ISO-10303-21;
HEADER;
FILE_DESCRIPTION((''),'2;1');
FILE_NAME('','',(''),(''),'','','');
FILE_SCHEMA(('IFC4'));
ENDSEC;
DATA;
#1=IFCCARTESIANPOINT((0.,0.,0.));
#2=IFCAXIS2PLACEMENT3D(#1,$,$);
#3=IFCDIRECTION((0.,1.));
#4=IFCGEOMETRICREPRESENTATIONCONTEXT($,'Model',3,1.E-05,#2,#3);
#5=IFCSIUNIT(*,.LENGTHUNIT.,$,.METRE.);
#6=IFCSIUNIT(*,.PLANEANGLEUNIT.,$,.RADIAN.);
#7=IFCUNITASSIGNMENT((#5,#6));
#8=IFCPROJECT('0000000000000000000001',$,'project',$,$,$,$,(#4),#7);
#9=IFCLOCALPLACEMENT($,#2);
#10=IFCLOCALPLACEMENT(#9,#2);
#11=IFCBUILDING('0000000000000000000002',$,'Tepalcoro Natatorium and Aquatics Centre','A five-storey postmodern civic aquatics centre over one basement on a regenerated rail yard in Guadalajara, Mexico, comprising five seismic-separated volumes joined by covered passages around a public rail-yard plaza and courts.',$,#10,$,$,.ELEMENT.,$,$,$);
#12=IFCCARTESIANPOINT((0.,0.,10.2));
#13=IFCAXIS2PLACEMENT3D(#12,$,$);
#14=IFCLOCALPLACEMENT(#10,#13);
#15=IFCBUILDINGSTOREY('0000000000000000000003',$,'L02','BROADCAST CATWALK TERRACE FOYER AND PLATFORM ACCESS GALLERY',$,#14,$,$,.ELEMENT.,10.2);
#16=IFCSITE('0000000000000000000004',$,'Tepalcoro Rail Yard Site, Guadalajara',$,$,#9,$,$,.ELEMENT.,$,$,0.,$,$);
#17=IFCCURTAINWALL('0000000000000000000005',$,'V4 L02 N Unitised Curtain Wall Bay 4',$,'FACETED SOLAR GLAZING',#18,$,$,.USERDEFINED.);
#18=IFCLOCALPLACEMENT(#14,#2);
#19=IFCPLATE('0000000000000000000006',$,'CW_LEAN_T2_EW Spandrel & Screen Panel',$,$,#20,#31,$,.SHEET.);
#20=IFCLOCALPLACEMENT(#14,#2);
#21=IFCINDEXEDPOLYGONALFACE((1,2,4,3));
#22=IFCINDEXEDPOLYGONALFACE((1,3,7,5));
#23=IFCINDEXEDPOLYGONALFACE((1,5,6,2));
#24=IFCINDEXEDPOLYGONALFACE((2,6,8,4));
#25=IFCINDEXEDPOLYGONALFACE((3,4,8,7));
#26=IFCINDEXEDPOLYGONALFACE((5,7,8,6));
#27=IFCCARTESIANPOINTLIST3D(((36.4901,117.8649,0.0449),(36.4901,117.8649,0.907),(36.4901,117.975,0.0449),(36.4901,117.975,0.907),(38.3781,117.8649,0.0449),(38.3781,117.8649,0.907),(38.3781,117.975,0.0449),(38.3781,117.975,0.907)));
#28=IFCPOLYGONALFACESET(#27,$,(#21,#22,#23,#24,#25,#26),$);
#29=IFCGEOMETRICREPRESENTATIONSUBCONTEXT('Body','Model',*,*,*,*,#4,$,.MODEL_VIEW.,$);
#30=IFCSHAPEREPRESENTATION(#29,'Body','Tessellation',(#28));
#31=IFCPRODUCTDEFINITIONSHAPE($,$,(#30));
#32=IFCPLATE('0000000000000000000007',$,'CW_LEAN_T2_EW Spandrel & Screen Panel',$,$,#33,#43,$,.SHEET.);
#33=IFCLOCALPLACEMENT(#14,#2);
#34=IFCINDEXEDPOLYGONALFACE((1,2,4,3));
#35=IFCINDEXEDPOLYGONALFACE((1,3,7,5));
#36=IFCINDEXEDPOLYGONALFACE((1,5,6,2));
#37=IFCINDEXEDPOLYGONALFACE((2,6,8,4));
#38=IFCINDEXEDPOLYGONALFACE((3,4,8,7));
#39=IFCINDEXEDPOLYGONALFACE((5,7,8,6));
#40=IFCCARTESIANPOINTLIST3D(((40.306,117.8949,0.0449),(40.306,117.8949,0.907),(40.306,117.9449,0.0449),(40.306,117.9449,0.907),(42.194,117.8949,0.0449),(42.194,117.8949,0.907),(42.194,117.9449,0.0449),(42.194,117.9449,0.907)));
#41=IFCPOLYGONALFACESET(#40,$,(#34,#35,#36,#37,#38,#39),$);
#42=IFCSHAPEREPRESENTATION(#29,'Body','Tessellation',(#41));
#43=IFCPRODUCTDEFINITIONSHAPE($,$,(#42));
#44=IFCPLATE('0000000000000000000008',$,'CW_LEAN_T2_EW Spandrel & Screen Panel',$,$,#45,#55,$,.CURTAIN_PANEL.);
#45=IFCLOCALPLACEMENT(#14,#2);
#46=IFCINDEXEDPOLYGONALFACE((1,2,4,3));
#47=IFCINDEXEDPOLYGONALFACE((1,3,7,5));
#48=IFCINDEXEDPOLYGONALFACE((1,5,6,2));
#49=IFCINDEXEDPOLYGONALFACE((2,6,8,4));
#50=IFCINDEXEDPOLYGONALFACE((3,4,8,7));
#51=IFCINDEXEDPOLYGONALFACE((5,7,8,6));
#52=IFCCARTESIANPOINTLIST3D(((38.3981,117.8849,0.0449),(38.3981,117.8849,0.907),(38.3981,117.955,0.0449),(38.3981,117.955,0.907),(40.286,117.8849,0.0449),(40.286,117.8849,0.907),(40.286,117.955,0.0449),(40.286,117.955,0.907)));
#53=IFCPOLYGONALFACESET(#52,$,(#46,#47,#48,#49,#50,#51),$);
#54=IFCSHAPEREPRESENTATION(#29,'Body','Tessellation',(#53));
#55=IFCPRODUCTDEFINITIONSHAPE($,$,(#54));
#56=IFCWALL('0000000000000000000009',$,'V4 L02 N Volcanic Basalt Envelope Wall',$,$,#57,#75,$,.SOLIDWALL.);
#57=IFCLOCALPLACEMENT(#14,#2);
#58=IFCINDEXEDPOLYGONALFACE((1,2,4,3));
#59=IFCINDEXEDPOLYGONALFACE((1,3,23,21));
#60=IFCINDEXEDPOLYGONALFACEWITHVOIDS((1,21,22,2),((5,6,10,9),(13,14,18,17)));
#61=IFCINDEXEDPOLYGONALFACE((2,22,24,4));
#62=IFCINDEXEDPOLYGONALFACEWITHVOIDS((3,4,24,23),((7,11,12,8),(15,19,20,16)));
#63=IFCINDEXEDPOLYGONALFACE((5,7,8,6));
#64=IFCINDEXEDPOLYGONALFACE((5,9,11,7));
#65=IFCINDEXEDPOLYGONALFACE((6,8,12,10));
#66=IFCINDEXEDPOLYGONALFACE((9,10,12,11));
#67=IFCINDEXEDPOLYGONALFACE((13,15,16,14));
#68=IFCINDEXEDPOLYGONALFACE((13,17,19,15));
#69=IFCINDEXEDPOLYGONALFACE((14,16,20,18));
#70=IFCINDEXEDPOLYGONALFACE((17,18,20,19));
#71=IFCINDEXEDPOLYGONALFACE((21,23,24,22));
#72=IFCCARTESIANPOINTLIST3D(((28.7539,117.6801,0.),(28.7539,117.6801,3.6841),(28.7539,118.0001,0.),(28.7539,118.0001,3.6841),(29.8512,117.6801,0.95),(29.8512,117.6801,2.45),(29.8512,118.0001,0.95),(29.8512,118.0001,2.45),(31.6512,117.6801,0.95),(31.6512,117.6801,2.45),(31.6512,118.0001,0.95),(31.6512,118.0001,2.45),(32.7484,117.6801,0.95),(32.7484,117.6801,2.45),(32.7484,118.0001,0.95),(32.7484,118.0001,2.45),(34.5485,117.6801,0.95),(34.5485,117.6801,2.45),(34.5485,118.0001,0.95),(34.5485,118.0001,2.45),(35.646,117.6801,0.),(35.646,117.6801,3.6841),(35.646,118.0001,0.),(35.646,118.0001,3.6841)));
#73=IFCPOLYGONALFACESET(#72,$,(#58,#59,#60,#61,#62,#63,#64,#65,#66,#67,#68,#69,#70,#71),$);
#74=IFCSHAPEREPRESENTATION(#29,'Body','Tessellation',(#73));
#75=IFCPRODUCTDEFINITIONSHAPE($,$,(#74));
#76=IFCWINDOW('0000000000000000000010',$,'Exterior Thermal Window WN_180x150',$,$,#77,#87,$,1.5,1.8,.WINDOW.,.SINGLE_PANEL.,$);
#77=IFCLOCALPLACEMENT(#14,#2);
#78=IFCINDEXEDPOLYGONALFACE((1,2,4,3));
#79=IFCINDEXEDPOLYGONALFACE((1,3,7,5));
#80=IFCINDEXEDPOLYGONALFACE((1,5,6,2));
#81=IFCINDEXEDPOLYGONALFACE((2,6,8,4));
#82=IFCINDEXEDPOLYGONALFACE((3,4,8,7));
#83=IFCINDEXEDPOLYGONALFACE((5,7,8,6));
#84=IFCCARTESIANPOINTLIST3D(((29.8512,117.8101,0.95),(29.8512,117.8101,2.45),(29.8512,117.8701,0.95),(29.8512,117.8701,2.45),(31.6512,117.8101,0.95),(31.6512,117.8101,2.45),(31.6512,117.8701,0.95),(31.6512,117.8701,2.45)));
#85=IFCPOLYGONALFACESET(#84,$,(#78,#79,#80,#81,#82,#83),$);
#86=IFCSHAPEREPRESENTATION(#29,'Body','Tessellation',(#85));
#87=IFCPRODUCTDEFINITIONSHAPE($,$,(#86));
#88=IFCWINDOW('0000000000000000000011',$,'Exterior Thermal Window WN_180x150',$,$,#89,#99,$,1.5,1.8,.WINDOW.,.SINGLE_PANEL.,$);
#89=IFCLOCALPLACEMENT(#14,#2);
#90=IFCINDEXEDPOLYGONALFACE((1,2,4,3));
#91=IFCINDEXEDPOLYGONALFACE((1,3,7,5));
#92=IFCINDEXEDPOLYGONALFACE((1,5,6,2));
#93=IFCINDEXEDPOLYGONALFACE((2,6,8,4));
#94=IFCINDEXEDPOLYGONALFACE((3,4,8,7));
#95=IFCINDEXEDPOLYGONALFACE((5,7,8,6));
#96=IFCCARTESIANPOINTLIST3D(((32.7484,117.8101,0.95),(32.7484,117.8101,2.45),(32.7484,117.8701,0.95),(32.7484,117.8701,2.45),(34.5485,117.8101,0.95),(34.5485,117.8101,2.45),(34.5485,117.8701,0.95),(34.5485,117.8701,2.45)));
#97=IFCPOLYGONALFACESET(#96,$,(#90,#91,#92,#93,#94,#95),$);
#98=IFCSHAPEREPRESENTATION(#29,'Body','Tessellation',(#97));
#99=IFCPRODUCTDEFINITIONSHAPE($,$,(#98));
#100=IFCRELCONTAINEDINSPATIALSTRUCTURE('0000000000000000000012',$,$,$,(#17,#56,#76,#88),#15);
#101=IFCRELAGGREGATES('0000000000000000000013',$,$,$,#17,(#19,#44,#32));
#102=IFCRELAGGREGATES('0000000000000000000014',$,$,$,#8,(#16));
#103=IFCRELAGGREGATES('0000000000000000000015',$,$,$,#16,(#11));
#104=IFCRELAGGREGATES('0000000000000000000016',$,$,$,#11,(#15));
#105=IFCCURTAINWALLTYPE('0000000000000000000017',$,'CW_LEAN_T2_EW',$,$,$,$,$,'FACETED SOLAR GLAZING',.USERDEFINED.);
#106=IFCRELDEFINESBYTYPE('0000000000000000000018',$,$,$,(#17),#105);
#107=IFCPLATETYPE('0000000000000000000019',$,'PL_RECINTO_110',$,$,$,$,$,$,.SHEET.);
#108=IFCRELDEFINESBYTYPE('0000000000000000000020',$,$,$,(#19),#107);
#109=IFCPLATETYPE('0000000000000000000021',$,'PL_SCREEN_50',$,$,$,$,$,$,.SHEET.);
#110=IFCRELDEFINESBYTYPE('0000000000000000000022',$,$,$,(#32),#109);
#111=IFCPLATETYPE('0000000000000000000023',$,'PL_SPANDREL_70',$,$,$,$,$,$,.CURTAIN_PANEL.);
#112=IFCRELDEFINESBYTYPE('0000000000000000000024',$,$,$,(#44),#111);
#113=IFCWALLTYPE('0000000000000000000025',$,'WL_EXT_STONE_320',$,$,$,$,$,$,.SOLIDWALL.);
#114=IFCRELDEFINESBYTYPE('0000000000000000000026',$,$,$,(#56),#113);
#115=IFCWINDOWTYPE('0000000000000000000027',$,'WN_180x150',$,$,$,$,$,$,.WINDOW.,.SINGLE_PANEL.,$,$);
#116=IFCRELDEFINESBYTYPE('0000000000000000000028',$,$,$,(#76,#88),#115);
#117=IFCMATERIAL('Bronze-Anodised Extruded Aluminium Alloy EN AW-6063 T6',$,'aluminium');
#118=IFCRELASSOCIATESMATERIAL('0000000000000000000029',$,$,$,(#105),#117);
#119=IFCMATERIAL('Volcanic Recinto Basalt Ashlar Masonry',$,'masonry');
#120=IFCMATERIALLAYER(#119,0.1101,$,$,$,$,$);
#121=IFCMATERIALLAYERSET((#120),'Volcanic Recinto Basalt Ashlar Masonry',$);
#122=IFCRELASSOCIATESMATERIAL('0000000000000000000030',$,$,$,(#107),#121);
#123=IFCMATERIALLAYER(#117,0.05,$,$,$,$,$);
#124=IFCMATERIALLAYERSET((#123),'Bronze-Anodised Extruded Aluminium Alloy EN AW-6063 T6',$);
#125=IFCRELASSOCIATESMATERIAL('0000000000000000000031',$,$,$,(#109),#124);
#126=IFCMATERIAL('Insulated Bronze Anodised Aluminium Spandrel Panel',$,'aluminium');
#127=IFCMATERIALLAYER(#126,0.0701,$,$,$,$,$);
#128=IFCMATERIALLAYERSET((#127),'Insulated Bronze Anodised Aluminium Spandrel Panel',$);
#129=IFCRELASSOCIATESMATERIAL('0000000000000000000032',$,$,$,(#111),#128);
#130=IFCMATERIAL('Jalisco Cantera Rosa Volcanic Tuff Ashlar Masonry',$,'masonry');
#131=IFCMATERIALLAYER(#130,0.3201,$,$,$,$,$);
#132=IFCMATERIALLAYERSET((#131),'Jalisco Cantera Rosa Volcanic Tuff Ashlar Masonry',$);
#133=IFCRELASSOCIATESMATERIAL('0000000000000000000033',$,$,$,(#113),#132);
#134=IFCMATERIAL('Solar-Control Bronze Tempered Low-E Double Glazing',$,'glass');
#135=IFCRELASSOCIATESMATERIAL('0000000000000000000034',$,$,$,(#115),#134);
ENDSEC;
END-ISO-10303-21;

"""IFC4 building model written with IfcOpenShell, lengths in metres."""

from ifc_helpers import new_model, si_unit, direction, frame, frame_2d, origin, origin_2d, place, context, subcontext, project, spatial, rectangle, extrude, material, layer, layer_set, type_object, element, fill, aggregate, save


model = new_model("IFC4")

# Units and contexts
model_context = context("Model", 3, precision=1e-05, world=origin(), true_north=direction((0.0, 1.0)))
body_context = subcontext(model_context, "Body", "Model", "MODEL_VIEW")
ifc_project = project(units=[si_unit("LENGTHUNIT", "METRE"), si_unit("PLANEANGLEUNIT", "RADIAN")], contexts=[model_context])

# Site, building, storey
site_placement = place(None, origin())
site = spatial("IfcSite", under=ifc_project, at=site_placement, Name="Tepalcoro Rail Yard Site, Guadalajara", CompositionType="ELEMENT", RefElevation=0.0)
building_placement = place(site_placement, origin())
building = spatial("IfcBuilding", under=site, at=building_placement, Name="Tepalcoro Natatorium and Aquatics Centre", Description="A five-storey postmodern civic aquatics centre over one basement on a regenerated rail yard in Guadalajara, Mexico, comprising five seismic-separated volumes joined by covered passages around a public rail-yard plaza and courts.", CompositionType="ELEMENT")
storey_placement = place(building_placement, frame((0.0, 0.0, 10.2)))
storey = spatial("IfcBuildingStorey", under=building, at=storey_placement, Name="L02", Description="BROADCAST CATWALK TERRACE FOYER AND PLATFORM ACCESS GALLERY", CompositionType="ELEMENT", Elevation=10.2)

# Curtain wall
ifc_material_1 = material(Name="Bronze-Anodised Extruded Aluminium Alloy EN AW-6063 T6", Category="aluminium")
curtain_wall_type = type_object("IfcCurtainWallType", Name="CW_LEAN_T2_EW", ElementType="FACETED SOLAR GLAZING", PredefinedType="USERDEFINED", material=ifc_material_1)
curtain_wall_placement = place(storey_placement, origin())
curtain_wall = element("IfcCurtainWall", 1, at=curtain_wall_placement, inside=storey, type_object=curtain_wall_type, Name="V4 L02 N Unitised Curtain Wall Bay 4", ObjectType="FACETED SOLAR GLAZING", PredefinedType="USERDEFINED")

# Plates
ifc_material_2 = material(Name="Solar-Control Bronze Tempered Low-E Double Glazing", Category="glass")
ifc_material_3 = material(Name="Volcanic Recinto Basalt Ashlar Masonry", Category="masonry")
ifc_layer_1 = layer(ifc_material_3, 0.1101)
ifc_layer_set_1 = layer_set([ifc_layer_1], Name="Volcanic Recinto Basalt Ashlar Masonry")
plate_type_1 = type_object("IfcPlateType", Name="PL_RECINTO_110", PredefinedType="SHEET", material=ifc_layer_set_1)
plate_1_placement = place(storey_placement, frame((37.4341, 117.9199, 0.0449), z_axis=(0.0, 0.0, 1.0), x_axis=(1.0, 0.0, 0.0)))
plate_1 = element("IfcPlate", 2, at=plate_1_placement, type_object=plate_type_1, Name="CW_LEAN_T2_EW Spandrel & Screen Panel", PredefinedType="SHEET", context=body_context, shape_type="SweptSolid", body=[
    extrude(rectangle(XDim=1.8879, YDim=0.1101, at=origin_2d()), origin(), (0.0, 0.0, 1.0), 0.8621),
])
ifc_layer_2 = layer(ifc_material_1, 0.05)
ifc_layer_set_2 = layer_set([ifc_layer_2], Name="Bronze-Anodised Extruded Aluminium Alloy EN AW-6063 T6")
plate_type_2 = type_object("IfcPlateType", Name="PL_SCREEN_50", PredefinedType="SHEET", material=ifc_layer_set_2)
plate_2_placement = place(storey_placement, frame((41.25, 117.9199, 0.0449), z_axis=(0.0, 0.0, 1.0), x_axis=(1.0, 0.0, 0.0)))
plate_2 = element("IfcPlate", 3, at=plate_2_placement, type_object=plate_type_2, Name="CW_LEAN_T2_EW Spandrel & Screen Panel", PredefinedType="SHEET", context=body_context, shape_type="SweptSolid", body=[
    extrude(rectangle(XDim=1.8879, YDim=0.05, at=origin_2d()), origin(), (0.0, 0.0, 1.0), 0.8621),
])
ifc_material_4 = material(Name="Insulated Bronze Anodised Aluminium Spandrel Panel", Category="aluminium")
ifc_layer_3 = layer(ifc_material_4, 0.0701)
ifc_layer_set_3 = layer_set([ifc_layer_3], Name="Insulated Bronze Anodised Aluminium Spandrel Panel")
plate_type_3 = type_object("IfcPlateType", Name="PL_SPANDREL_70", PredefinedType="CURTAIN_PANEL", material=ifc_layer_set_3)
plate_3_placement = place(storey_placement, frame((39.342, 117.9199, 0.0449), z_axis=(0.0, 0.0, 1.0), x_axis=(1.0, 0.0, 0.0)))
plate_3 = element("IfcPlate", 4, at=plate_3_placement, type_object=plate_type_3, Name="CW_LEAN_T2_EW Spandrel & Screen Panel", PredefinedType="CURTAIN_PANEL", context=body_context, shape_type="SweptSolid", body=[
    extrude(rectangle(XDim=1.8879, YDim=0.0701, at=origin_2d()), origin(), (0.0, 0.0, 1.0), 0.8621),
])
aggregate(curtain_wall, [plate_1, plate_3, plate_2])

# Wall, openings, windows
ifc_material_5 = material(Name="Jalisco Cantera Rosa Volcanic Tuff Ashlar Masonry", Category="masonry")
ifc_layer_4 = layer(ifc_material_5, 0.3201)
ifc_layer_set_4 = layer_set([ifc_layer_4], Name="Jalisco Cantera Rosa Volcanic Tuff Ashlar Masonry")
wall_type = type_object("IfcWallType", Name="WL_EXT_STONE_320", PredefinedType="SOLIDWALL", material=ifc_layer_set_4)
wall_placement = place(storey_placement, frame((28.7539, 117.8401, 0.0), z_axis=(0.0, 0.0, 1.0), x_axis=(1.0, 0.0, 0.0)))
wall = element("IfcWall", 5, at=wall_placement, inside=storey, type_object=wall_type, Name="V4 L02 N Volcanic Basalt Envelope Wall", PredefinedType="SOLIDWALL", context=body_context, shape_type="SweptSolid", body=[
    extrude(rectangle(XDim=6.8921, YDim=0.3201, at=frame_2d((3.446, 0.0))), origin(), (0.0, 0.0, 1.0), 3.6841),
])
opening_1_placement = place(wall_placement, frame((1.0974, 0.0, 0.95)))
opening_1 = element("IfcOpeningElement", 6, at=opening_1_placement, cuts=wall, PredefinedType="OPENING", context=body_context, shape_type="SweptSolid", body=[
    extrude(rectangle(XDim=1.8, YDim=1.5, at=frame_2d((0.8999, 0.75))), frame((0.0, 0.1719, 0.0), z_axis=(0.0, -1.0, 0.0), x_axis=(1.0, 0.0, 0.0)), (0.0, 0.0, 1.0), 0.344),
])
opening_2_placement = place(wall_placement, frame((3.9946, 0.0, 0.95)))
opening_2 = element("IfcOpeningElement", 7, at=opening_2_placement, cuts=wall, PredefinedType="OPENING", context=body_context, shape_type="SweptSolid", body=[
    extrude(rectangle(XDim=1.8, YDim=1.5, at=frame_2d((0.8999, 0.75))), frame((0.0, 0.1719, 0.0), z_axis=(0.0, -1.0, 0.0), x_axis=(1.0, 0.0, 0.0)), (0.0, 0.0, 1.0), 0.344),
])
window_type = type_object("IfcWindowType", Name="WN_180x150", PartitioningType="SINGLE_PANEL", PredefinedType="WINDOW", material=ifc_material_2)
window_1_placement = place(opening_1_placement, origin())
window_1 = element("IfcWindow", 8, at=window_1_placement, inside=storey, type_object=window_type, Name="Exterior Thermal Window WN_180x150", OverallHeight=1.5, OverallWidth=1.8, PartitioningType="SINGLE_PANEL", PredefinedType="WINDOW", context=body_context, shape_type="SweptSolid", body=[
    extrude(rectangle(XDim=1.8, YDim=1.5, at=frame_2d((0.8999, 0.75))), frame((0.0, 0.03, 0.0), z_axis=(0.0, -1.0, 0.0), x_axis=(1.0, 0.0, 0.0)), (0.0, 0.0, 1.0), 0.0601),
])
fill(opening_1, window_1)
window_2_placement = place(opening_2_placement, origin())
window_2 = element("IfcWindow", 9, at=window_2_placement, inside=storey, type_object=window_type, Name="Exterior Thermal Window WN_180x150", OverallHeight=1.5, OverallWidth=1.8, PartitioningType="SINGLE_PANEL", PredefinedType="WINDOW", context=body_context, shape_type="SweptSolid", body=[
    extrude(rectangle(XDim=1.8, YDim=1.5, at=frame_2d((0.8999, 0.75))), frame((0.0, 0.03, 0.0), z_axis=(0.0, -1.0, 0.0), x_axis=(1.0, 0.0, 0.0)), (0.0, 0.0, 1.0), 0.0601),
])
fill(opening_2, window_2)

save(model, "model.ifc")
